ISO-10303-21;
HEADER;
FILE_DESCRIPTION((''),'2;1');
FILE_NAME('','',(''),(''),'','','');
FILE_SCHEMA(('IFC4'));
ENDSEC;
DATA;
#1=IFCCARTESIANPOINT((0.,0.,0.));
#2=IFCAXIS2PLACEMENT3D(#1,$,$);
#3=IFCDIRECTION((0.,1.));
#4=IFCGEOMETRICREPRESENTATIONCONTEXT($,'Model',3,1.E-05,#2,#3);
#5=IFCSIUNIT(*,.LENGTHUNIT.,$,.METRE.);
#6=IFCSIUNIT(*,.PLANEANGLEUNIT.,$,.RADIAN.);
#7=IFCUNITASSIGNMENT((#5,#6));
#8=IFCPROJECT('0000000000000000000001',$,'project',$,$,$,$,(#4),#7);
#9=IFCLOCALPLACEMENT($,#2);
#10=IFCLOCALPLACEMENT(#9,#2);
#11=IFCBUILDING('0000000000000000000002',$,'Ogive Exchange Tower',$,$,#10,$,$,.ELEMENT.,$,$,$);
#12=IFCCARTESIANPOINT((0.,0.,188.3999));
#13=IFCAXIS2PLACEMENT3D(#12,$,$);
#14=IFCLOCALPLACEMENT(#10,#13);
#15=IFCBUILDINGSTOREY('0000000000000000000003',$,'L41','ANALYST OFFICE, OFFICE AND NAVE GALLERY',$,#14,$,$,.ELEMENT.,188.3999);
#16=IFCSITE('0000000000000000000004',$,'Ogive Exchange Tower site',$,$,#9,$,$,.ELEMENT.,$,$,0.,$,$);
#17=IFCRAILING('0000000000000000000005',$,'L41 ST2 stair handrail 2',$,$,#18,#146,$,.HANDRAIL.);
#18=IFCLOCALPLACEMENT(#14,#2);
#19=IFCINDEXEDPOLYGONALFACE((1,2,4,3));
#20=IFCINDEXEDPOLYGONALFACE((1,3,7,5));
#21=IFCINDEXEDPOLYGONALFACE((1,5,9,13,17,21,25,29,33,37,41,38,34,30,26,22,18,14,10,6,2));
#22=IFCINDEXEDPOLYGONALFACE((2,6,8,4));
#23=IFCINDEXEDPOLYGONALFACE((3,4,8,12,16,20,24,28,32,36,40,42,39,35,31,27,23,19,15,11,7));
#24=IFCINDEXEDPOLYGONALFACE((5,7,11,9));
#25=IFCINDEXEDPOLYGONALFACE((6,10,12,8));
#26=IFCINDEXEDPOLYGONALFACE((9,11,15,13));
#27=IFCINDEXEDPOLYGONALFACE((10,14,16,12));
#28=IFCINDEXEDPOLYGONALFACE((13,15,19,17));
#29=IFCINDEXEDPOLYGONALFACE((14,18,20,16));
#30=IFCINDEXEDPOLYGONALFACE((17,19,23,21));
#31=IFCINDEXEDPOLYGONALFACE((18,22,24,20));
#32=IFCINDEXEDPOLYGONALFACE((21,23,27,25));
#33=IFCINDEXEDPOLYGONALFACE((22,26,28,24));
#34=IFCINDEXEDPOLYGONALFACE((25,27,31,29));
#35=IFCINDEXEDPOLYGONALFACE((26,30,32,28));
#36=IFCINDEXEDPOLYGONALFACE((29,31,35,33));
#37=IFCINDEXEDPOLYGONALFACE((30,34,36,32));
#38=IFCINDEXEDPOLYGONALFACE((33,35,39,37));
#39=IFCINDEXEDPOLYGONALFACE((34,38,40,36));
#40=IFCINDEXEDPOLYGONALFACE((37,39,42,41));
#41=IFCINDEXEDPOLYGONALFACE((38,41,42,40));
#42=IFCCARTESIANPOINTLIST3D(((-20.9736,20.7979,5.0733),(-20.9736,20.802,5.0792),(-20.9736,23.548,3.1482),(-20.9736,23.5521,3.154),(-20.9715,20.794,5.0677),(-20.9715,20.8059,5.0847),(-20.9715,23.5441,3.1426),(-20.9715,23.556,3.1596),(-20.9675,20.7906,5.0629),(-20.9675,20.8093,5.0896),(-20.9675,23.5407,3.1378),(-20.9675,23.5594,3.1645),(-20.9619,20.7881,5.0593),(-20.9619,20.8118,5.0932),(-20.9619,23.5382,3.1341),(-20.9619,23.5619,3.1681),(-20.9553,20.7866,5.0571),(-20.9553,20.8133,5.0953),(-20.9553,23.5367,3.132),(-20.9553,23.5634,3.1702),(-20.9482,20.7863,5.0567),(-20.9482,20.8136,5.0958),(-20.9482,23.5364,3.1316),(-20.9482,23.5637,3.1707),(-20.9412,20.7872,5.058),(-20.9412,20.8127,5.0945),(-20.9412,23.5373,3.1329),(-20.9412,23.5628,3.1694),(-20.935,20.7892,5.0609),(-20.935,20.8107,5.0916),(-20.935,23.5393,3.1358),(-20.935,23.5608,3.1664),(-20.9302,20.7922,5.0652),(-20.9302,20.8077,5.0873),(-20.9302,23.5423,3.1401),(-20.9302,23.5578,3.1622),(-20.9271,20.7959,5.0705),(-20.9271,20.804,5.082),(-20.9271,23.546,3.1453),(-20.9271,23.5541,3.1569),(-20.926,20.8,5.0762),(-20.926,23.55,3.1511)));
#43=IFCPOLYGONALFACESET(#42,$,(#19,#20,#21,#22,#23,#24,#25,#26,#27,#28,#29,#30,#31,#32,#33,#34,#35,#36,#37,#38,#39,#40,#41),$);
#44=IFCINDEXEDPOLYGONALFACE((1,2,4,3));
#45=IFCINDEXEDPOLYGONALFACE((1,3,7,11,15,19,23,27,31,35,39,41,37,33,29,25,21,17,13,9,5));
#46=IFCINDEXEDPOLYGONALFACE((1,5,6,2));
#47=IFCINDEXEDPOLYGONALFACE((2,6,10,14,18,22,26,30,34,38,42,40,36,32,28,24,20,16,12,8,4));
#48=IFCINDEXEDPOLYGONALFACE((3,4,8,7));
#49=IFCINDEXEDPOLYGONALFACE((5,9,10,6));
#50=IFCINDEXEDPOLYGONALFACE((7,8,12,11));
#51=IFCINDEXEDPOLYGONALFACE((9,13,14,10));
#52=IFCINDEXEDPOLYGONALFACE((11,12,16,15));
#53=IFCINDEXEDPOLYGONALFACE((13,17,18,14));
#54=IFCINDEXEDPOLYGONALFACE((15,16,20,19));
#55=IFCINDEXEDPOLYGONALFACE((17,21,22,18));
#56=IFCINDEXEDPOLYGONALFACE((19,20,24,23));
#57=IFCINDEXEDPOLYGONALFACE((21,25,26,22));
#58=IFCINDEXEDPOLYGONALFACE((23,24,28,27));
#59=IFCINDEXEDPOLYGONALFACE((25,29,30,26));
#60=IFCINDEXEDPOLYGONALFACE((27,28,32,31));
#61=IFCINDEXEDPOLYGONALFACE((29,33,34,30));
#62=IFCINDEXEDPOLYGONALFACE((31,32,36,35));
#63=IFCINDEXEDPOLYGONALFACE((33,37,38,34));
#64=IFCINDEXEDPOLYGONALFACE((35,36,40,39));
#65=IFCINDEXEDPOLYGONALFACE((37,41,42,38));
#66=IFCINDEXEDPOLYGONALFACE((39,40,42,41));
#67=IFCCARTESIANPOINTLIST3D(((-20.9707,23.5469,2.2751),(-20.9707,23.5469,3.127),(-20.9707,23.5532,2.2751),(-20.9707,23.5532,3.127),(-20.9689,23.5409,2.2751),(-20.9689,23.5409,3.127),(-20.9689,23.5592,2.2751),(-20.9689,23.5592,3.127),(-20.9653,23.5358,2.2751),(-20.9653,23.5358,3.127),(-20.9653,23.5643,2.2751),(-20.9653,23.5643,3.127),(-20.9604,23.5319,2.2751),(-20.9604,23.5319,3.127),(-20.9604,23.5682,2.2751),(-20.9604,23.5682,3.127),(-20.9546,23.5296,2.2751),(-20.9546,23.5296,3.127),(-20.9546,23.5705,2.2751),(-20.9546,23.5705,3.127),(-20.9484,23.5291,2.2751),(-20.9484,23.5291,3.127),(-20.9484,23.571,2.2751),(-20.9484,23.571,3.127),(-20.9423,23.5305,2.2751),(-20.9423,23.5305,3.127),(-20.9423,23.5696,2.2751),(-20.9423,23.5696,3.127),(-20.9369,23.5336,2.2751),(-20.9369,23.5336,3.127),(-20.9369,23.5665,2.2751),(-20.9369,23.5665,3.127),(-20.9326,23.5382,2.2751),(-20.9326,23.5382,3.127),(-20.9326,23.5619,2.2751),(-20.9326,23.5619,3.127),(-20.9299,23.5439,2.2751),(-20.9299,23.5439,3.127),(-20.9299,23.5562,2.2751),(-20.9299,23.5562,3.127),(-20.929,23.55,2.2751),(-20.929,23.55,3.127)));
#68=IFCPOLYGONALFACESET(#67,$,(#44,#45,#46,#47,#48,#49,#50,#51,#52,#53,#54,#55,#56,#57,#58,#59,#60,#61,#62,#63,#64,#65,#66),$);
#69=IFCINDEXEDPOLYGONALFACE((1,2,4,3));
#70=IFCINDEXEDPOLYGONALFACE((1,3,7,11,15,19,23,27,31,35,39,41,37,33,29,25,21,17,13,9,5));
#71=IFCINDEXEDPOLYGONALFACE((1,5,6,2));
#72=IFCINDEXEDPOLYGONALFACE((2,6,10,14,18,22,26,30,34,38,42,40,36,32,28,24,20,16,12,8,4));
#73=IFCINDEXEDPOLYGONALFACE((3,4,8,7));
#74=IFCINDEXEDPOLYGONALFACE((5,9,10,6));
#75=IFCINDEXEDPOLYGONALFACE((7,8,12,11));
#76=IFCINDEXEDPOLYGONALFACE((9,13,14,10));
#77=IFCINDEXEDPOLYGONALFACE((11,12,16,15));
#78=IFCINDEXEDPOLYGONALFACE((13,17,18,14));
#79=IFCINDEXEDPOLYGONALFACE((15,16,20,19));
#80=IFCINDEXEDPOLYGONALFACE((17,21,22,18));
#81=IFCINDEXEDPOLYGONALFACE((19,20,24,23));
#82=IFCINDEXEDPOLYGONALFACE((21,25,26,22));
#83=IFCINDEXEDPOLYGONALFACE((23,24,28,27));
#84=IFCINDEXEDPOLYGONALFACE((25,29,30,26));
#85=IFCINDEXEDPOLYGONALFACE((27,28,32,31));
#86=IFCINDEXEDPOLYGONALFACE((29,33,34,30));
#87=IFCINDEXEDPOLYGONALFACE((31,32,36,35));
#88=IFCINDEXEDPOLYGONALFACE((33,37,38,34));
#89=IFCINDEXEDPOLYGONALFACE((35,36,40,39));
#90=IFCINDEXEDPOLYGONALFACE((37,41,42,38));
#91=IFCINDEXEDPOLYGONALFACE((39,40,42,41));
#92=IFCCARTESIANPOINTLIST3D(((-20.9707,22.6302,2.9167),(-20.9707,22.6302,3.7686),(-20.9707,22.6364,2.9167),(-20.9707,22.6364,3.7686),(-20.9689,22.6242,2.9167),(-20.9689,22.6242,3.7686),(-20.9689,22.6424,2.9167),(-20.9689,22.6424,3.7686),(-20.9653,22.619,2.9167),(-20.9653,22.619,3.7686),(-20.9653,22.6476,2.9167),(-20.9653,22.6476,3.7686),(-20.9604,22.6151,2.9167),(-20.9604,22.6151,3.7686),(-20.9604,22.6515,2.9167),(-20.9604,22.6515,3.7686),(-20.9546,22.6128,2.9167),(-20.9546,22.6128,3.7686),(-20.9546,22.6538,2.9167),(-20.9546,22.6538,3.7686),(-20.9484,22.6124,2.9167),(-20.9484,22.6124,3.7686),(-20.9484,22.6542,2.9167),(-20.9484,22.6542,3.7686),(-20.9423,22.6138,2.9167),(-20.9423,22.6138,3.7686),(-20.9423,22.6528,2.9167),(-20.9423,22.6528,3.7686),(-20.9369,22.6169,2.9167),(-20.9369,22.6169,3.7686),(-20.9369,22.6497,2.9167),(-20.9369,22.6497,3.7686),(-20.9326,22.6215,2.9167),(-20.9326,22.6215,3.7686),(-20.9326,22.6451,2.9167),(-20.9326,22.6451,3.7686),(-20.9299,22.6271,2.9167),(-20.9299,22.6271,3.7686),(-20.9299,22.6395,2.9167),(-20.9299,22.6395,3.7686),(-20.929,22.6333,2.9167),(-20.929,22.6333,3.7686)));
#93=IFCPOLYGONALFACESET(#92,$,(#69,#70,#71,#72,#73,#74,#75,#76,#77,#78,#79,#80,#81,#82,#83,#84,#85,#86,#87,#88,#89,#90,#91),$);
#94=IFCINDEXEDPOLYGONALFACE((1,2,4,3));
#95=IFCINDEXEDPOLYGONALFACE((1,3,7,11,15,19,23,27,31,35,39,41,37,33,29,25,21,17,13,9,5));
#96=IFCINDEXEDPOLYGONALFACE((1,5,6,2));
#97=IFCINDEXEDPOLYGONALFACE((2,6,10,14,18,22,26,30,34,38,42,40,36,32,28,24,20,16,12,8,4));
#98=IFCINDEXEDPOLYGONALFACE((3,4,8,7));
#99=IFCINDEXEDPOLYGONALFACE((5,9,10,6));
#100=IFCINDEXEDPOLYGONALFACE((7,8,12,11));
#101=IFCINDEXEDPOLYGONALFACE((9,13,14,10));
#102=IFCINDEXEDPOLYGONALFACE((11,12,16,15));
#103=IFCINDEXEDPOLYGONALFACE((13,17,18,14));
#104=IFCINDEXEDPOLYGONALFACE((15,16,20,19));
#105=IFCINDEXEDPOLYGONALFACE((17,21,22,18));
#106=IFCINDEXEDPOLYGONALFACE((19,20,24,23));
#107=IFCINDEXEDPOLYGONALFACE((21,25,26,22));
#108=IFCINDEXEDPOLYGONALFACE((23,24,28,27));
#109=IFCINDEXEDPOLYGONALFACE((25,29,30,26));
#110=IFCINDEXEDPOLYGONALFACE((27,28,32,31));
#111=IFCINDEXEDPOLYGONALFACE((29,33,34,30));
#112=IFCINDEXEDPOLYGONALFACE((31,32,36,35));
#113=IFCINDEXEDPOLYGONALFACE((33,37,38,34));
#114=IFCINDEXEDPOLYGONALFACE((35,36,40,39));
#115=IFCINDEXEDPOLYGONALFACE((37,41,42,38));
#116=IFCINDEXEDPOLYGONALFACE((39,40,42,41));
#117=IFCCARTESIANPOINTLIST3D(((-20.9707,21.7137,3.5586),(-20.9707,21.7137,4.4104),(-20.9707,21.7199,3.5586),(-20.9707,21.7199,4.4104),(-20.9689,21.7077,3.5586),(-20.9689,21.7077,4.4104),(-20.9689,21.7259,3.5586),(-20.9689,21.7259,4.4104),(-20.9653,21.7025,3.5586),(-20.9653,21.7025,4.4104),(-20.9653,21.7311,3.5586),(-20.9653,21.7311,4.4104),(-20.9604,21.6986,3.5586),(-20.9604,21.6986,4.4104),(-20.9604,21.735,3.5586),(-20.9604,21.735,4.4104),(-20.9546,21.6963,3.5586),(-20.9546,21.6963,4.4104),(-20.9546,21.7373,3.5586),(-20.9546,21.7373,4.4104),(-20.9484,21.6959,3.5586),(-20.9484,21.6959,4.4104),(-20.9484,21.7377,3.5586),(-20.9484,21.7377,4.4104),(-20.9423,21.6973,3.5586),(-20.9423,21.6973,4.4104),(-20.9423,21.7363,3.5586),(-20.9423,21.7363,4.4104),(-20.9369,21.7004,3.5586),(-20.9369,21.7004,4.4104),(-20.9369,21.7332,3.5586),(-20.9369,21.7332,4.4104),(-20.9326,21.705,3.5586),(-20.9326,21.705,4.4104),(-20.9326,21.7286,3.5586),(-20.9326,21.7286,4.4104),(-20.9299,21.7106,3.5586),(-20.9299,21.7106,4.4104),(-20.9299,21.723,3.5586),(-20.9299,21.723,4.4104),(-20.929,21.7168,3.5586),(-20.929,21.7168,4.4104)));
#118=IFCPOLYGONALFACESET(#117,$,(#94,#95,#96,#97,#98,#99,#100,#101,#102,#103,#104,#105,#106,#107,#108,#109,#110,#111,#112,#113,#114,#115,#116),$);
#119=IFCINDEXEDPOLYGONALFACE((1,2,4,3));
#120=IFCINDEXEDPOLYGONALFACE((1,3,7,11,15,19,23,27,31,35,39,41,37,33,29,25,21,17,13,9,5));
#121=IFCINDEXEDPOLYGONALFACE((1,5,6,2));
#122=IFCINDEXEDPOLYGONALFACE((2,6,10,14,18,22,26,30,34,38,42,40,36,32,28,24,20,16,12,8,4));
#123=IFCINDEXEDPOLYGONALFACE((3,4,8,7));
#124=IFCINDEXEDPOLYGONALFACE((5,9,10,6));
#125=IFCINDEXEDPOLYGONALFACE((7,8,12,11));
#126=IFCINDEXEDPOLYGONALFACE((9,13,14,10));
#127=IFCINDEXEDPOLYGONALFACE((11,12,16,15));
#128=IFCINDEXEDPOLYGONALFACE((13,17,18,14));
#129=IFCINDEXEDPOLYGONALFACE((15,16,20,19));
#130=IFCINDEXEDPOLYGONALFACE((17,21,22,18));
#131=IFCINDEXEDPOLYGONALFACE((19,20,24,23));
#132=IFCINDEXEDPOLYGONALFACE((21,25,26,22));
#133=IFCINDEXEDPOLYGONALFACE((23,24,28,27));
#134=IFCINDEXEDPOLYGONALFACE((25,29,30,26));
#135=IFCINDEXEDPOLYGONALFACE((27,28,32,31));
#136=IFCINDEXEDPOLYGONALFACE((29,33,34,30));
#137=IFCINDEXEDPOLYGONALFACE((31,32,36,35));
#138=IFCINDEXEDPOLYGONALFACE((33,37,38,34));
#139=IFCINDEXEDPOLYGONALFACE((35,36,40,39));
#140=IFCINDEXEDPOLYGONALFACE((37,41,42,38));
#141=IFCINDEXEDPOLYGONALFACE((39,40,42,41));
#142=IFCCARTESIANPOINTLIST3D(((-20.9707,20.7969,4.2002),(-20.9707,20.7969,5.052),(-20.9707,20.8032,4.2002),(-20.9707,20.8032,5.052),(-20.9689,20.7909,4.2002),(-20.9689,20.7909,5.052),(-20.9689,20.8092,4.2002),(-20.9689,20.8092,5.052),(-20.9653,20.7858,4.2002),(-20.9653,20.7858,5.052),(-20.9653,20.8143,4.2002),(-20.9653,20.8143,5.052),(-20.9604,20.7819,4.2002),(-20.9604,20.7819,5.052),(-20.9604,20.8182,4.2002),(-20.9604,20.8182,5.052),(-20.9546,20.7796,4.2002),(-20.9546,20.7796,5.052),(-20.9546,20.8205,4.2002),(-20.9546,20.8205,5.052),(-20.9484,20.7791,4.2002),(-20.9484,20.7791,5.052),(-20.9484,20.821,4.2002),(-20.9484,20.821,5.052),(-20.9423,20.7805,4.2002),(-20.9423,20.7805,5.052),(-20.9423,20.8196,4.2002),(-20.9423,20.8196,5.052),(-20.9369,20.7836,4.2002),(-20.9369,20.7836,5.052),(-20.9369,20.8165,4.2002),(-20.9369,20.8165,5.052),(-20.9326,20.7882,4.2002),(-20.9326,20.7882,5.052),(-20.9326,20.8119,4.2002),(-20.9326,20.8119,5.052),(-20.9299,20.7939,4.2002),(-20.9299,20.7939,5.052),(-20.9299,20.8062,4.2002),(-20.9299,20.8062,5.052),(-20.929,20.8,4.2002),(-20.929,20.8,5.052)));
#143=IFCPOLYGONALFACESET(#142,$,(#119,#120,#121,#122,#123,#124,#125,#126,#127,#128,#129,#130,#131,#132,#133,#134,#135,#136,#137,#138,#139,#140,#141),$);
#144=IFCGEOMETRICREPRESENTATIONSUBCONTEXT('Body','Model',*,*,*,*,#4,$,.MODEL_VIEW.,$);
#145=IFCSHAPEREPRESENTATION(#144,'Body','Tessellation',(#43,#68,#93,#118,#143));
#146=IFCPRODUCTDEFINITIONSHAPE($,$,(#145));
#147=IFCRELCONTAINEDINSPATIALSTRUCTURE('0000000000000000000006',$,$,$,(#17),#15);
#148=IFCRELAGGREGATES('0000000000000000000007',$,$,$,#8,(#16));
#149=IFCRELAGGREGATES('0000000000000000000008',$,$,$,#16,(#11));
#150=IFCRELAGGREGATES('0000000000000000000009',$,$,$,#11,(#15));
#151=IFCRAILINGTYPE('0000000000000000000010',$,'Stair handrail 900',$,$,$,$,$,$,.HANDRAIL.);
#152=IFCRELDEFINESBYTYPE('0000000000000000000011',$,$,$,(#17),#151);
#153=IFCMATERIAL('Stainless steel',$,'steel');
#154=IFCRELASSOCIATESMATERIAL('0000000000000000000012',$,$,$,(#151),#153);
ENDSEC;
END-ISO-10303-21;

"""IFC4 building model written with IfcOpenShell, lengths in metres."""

from ifc_helpers import new_model, si_unit, direction, frame, origin, origin_2d, place, context, subcontext, project, spatial, circle, extrude, material, type_object, element, save


model = new_model("IFC4")

# Units and contexts
model_context = context("Model", 3, precision=1e-05, world=origin(), true_north=direction((0.0, 1.0)))
body_context = subcontext(model_context, "Body", "Model", "MODEL_VIEW")
ifc_project = project(units=[si_unit("LENGTHUNIT", "METRE"), si_unit("PLANEANGLEUNIT", "RADIAN")], contexts=[model_context])

# Site, building, storey
site_placement = place(None, origin())
site = spatial("IfcSite", under=ifc_project, at=site_placement, Name="Ogive Exchange Tower site", CompositionType="ELEMENT", RefElevation=0.0)
building_placement = place(site_placement, origin())
building = spatial("IfcBuilding", under=site, at=building_placement, Name="Ogive Exchange Tower", CompositionType="ELEMENT")
storey_placement = place(building_placement, frame((0.0, 0.0, 188.3999)))
storey = spatial("IfcBuildingStorey", under=building, at=storey_placement, Name="L41", Description="ANALYST OFFICE, OFFICE AND NAVE GALLERY", CompositionType="ELEMENT", Elevation=188.3999)

# Railing
ifc_material_1 = material(Name="Stainless steel", Category="steel")
railing_type = type_object("IfcRailingType", Name="Stair handrail 900", PredefinedType="HANDRAIL", material=ifc_material_1)
railing_placement = place(storey_placement, frame((-20.95, 23.55, 2.2751)))
element("IfcRailing", 1, at=railing_placement, inside=storey, type_object=railing_type, Name="L41 ST2 stair handrail 2", PredefinedType="HANDRAIL", context=body_context, shape_type="SweptSolid", body=[
    extrude(circle(Radius=0.0239, at=origin_2d()), frame((0.0, 0.0, 0.876), z_axis=(0.0, -0.819225, 0.573472), x_axis=(1.0, 0.0, 0.0)), (0.0, 0.0, 1.0), 3.3569),
    extrude(circle(Radius=0.021, at=origin_2d()), origin(), (0.0, 0.0, 1.0), 0.8518),
    extrude(circle(Radius=0.021, at=origin_2d()), frame((0.0, -0.9167, 0.6416)), (0.0, 0.0, 1.0), 0.8518),
    extrude(circle(Radius=0.021, at=origin_2d()), frame((0.0, -1.8333, 1.2834)), (0.0, 0.0, 1.0), 0.8518),
    extrude(circle(Radius=0.021, at=origin_2d()), frame((0.0, -2.75, 1.925)), (0.0, 0.0, 1.0), 0.8518),
])

save(model, "model.ifc")
